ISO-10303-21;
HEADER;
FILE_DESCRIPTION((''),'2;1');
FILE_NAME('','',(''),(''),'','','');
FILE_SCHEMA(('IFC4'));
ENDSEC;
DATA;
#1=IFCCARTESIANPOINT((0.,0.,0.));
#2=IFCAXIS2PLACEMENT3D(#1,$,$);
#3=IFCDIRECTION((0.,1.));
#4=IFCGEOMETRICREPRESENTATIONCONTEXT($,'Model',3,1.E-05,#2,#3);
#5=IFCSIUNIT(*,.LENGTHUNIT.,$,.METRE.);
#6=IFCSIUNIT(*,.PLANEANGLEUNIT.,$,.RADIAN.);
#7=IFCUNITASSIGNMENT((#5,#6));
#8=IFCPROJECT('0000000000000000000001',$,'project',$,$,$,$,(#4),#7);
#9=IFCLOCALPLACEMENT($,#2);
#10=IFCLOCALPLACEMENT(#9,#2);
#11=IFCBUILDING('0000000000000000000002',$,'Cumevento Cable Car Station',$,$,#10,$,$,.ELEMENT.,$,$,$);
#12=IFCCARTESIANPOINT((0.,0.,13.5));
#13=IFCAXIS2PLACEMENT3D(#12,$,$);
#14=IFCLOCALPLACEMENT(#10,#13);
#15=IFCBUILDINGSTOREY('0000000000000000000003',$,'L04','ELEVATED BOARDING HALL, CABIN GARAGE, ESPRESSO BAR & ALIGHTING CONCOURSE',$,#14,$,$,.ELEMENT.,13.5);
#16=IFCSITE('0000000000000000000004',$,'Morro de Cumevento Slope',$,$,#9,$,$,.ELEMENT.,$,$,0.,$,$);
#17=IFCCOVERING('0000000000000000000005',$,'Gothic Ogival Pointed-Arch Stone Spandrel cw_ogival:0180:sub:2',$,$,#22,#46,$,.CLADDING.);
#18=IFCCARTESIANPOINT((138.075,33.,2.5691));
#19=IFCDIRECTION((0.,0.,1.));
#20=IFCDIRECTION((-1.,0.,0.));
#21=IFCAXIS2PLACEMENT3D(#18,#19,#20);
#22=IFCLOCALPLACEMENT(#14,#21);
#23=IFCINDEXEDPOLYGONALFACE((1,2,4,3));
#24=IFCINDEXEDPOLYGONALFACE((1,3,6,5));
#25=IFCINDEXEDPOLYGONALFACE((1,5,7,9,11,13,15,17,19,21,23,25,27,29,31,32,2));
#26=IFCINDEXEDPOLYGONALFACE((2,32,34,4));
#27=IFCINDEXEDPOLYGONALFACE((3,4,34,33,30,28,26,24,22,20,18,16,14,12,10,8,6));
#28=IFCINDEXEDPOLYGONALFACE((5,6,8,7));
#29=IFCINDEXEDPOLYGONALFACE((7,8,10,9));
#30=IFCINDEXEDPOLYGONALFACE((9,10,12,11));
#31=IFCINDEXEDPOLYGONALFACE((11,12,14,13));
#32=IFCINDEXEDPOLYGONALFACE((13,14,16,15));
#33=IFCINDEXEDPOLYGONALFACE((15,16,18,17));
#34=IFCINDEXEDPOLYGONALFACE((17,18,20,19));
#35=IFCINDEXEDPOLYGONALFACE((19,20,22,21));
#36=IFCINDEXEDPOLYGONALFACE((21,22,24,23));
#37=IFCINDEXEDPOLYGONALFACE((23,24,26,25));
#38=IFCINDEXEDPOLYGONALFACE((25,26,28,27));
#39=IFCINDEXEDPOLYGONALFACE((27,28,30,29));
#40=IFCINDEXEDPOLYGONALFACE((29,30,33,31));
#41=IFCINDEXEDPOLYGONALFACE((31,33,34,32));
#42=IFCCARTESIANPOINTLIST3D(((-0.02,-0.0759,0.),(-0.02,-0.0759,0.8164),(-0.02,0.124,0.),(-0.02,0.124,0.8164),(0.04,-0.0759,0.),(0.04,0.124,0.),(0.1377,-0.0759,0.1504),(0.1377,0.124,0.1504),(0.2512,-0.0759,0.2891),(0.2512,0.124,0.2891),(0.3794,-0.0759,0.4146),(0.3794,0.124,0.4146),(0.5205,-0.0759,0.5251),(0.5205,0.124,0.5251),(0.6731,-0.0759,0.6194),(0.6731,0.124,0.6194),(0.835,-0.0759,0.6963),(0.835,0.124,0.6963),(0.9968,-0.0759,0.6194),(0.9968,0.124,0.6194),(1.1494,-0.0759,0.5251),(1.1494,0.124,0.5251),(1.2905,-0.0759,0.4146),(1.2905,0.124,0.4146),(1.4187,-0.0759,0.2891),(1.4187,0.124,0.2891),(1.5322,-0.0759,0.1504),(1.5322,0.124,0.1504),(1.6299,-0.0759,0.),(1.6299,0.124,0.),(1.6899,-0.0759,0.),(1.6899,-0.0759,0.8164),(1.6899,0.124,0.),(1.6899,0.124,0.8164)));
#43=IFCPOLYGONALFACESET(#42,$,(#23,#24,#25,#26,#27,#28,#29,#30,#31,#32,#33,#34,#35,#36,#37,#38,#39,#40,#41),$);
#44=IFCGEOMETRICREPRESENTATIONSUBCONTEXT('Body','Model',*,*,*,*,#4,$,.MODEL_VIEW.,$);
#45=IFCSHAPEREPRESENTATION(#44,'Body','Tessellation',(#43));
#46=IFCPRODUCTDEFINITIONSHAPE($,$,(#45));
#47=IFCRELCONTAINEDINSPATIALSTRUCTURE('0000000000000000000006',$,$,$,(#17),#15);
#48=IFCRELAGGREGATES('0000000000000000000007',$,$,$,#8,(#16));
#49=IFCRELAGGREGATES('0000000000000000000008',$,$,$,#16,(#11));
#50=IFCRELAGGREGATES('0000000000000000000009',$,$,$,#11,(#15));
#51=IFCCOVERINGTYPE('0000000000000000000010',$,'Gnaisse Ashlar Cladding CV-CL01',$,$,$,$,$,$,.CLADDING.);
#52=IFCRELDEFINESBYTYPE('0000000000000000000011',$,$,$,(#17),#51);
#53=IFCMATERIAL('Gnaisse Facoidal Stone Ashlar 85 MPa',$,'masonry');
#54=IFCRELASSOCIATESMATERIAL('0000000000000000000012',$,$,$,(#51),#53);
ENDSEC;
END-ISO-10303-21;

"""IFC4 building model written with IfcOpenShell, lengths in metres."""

from ifc_helpers import new_model, si_unit, direction, frame, origin, place, context, subcontext, project, spatial, polyline, outline, extrude, material, type_object, element, save


model = new_model("IFC4")

# Units and contexts
model_context = context("Model", 3, precision=1e-05, world=origin(), true_north=direction((0.0, 1.0)))
body_context = subcontext(model_context, "Body", "Model", "MODEL_VIEW")
ifc_project = project(units=[si_unit("LENGTHUNIT", "METRE"), si_unit("PLANEANGLEUNIT", "RADIAN")], contexts=[model_context])

# Site, building, storey
site_placement = place(None, origin())
site = spatial("IfcSite", under=ifc_project, at=site_placement, Name="Morro de Cumevento Slope", CompositionType="ELEMENT", RefElevation=0.0)
building_placement = place(site_placement, origin())
building = spatial("IfcBuilding", under=site, at=building_placement, Name="Cumevento Cable Car Station", CompositionType="ELEMENT")
storey_placement = place(building_placement, frame((0.0, 0.0, 13.5)))
storey = spatial("IfcBuildingStorey", under=building, at=storey_placement, Name="L04", Description="ELEVATED BOARDING HALL, CABIN GARAGE, ESPRESSO BAR & ALIGHTING CONCOURSE", CompositionType="ELEMENT", Elevation=13.5)

# Covering
ifc_material_1 = material(Name="Gnaisse Facoidal Stone Ashlar 85 MPa", Category="masonry")
covering_type = type_object("IfcCoveringType", Name="Gnaisse Ashlar Cladding CV-CL01", PredefinedType="CLADDING", material=ifc_material_1)
covering_1_placement = place(storey_placement, frame((138.075, 33.0, 2.5691), z_axis=(0.0, 0.0, 1.0), x_axis=(-1.0, 0.0, 0.0)))
element("IfcCovering", 1, at=covering_1_placement, inside=storey, type_object=covering_type, Name="Gothic Ogival Pointed-Arch Stone Spandrel cw_ogival:0180:sub:2", PredefinedType="CLADDING", context=body_context, shape_type="SweptSolid", body=[
    extrude(outline(polyline([(-0.02, 0.0), (-0.02, 0.8164), (1.6899, 0.8164), (1.6899, 0.0), (1.6299, 0.0), (1.5322, 0.1504), (1.4187, 0.2891), (1.2905, 0.4146), (1.1494, 0.5251), (0.9968, 0.6194), (0.835, 0.6963), (0.6731, 0.6194), (0.5205, 0.5251), (0.3794, 0.4146), (0.2512, 0.2891), (0.1377, 0.1504), (0.04, 0.0), (-0.02, 0.0)])), frame((0.0, 0.124, 0.0), z_axis=(0.0, -1.0, 0.0), x_axis=(1.0, 0.0, 0.0)), (0.0, 0.0, 1.0), 0.2),
])

save(model, "model.ifc")
